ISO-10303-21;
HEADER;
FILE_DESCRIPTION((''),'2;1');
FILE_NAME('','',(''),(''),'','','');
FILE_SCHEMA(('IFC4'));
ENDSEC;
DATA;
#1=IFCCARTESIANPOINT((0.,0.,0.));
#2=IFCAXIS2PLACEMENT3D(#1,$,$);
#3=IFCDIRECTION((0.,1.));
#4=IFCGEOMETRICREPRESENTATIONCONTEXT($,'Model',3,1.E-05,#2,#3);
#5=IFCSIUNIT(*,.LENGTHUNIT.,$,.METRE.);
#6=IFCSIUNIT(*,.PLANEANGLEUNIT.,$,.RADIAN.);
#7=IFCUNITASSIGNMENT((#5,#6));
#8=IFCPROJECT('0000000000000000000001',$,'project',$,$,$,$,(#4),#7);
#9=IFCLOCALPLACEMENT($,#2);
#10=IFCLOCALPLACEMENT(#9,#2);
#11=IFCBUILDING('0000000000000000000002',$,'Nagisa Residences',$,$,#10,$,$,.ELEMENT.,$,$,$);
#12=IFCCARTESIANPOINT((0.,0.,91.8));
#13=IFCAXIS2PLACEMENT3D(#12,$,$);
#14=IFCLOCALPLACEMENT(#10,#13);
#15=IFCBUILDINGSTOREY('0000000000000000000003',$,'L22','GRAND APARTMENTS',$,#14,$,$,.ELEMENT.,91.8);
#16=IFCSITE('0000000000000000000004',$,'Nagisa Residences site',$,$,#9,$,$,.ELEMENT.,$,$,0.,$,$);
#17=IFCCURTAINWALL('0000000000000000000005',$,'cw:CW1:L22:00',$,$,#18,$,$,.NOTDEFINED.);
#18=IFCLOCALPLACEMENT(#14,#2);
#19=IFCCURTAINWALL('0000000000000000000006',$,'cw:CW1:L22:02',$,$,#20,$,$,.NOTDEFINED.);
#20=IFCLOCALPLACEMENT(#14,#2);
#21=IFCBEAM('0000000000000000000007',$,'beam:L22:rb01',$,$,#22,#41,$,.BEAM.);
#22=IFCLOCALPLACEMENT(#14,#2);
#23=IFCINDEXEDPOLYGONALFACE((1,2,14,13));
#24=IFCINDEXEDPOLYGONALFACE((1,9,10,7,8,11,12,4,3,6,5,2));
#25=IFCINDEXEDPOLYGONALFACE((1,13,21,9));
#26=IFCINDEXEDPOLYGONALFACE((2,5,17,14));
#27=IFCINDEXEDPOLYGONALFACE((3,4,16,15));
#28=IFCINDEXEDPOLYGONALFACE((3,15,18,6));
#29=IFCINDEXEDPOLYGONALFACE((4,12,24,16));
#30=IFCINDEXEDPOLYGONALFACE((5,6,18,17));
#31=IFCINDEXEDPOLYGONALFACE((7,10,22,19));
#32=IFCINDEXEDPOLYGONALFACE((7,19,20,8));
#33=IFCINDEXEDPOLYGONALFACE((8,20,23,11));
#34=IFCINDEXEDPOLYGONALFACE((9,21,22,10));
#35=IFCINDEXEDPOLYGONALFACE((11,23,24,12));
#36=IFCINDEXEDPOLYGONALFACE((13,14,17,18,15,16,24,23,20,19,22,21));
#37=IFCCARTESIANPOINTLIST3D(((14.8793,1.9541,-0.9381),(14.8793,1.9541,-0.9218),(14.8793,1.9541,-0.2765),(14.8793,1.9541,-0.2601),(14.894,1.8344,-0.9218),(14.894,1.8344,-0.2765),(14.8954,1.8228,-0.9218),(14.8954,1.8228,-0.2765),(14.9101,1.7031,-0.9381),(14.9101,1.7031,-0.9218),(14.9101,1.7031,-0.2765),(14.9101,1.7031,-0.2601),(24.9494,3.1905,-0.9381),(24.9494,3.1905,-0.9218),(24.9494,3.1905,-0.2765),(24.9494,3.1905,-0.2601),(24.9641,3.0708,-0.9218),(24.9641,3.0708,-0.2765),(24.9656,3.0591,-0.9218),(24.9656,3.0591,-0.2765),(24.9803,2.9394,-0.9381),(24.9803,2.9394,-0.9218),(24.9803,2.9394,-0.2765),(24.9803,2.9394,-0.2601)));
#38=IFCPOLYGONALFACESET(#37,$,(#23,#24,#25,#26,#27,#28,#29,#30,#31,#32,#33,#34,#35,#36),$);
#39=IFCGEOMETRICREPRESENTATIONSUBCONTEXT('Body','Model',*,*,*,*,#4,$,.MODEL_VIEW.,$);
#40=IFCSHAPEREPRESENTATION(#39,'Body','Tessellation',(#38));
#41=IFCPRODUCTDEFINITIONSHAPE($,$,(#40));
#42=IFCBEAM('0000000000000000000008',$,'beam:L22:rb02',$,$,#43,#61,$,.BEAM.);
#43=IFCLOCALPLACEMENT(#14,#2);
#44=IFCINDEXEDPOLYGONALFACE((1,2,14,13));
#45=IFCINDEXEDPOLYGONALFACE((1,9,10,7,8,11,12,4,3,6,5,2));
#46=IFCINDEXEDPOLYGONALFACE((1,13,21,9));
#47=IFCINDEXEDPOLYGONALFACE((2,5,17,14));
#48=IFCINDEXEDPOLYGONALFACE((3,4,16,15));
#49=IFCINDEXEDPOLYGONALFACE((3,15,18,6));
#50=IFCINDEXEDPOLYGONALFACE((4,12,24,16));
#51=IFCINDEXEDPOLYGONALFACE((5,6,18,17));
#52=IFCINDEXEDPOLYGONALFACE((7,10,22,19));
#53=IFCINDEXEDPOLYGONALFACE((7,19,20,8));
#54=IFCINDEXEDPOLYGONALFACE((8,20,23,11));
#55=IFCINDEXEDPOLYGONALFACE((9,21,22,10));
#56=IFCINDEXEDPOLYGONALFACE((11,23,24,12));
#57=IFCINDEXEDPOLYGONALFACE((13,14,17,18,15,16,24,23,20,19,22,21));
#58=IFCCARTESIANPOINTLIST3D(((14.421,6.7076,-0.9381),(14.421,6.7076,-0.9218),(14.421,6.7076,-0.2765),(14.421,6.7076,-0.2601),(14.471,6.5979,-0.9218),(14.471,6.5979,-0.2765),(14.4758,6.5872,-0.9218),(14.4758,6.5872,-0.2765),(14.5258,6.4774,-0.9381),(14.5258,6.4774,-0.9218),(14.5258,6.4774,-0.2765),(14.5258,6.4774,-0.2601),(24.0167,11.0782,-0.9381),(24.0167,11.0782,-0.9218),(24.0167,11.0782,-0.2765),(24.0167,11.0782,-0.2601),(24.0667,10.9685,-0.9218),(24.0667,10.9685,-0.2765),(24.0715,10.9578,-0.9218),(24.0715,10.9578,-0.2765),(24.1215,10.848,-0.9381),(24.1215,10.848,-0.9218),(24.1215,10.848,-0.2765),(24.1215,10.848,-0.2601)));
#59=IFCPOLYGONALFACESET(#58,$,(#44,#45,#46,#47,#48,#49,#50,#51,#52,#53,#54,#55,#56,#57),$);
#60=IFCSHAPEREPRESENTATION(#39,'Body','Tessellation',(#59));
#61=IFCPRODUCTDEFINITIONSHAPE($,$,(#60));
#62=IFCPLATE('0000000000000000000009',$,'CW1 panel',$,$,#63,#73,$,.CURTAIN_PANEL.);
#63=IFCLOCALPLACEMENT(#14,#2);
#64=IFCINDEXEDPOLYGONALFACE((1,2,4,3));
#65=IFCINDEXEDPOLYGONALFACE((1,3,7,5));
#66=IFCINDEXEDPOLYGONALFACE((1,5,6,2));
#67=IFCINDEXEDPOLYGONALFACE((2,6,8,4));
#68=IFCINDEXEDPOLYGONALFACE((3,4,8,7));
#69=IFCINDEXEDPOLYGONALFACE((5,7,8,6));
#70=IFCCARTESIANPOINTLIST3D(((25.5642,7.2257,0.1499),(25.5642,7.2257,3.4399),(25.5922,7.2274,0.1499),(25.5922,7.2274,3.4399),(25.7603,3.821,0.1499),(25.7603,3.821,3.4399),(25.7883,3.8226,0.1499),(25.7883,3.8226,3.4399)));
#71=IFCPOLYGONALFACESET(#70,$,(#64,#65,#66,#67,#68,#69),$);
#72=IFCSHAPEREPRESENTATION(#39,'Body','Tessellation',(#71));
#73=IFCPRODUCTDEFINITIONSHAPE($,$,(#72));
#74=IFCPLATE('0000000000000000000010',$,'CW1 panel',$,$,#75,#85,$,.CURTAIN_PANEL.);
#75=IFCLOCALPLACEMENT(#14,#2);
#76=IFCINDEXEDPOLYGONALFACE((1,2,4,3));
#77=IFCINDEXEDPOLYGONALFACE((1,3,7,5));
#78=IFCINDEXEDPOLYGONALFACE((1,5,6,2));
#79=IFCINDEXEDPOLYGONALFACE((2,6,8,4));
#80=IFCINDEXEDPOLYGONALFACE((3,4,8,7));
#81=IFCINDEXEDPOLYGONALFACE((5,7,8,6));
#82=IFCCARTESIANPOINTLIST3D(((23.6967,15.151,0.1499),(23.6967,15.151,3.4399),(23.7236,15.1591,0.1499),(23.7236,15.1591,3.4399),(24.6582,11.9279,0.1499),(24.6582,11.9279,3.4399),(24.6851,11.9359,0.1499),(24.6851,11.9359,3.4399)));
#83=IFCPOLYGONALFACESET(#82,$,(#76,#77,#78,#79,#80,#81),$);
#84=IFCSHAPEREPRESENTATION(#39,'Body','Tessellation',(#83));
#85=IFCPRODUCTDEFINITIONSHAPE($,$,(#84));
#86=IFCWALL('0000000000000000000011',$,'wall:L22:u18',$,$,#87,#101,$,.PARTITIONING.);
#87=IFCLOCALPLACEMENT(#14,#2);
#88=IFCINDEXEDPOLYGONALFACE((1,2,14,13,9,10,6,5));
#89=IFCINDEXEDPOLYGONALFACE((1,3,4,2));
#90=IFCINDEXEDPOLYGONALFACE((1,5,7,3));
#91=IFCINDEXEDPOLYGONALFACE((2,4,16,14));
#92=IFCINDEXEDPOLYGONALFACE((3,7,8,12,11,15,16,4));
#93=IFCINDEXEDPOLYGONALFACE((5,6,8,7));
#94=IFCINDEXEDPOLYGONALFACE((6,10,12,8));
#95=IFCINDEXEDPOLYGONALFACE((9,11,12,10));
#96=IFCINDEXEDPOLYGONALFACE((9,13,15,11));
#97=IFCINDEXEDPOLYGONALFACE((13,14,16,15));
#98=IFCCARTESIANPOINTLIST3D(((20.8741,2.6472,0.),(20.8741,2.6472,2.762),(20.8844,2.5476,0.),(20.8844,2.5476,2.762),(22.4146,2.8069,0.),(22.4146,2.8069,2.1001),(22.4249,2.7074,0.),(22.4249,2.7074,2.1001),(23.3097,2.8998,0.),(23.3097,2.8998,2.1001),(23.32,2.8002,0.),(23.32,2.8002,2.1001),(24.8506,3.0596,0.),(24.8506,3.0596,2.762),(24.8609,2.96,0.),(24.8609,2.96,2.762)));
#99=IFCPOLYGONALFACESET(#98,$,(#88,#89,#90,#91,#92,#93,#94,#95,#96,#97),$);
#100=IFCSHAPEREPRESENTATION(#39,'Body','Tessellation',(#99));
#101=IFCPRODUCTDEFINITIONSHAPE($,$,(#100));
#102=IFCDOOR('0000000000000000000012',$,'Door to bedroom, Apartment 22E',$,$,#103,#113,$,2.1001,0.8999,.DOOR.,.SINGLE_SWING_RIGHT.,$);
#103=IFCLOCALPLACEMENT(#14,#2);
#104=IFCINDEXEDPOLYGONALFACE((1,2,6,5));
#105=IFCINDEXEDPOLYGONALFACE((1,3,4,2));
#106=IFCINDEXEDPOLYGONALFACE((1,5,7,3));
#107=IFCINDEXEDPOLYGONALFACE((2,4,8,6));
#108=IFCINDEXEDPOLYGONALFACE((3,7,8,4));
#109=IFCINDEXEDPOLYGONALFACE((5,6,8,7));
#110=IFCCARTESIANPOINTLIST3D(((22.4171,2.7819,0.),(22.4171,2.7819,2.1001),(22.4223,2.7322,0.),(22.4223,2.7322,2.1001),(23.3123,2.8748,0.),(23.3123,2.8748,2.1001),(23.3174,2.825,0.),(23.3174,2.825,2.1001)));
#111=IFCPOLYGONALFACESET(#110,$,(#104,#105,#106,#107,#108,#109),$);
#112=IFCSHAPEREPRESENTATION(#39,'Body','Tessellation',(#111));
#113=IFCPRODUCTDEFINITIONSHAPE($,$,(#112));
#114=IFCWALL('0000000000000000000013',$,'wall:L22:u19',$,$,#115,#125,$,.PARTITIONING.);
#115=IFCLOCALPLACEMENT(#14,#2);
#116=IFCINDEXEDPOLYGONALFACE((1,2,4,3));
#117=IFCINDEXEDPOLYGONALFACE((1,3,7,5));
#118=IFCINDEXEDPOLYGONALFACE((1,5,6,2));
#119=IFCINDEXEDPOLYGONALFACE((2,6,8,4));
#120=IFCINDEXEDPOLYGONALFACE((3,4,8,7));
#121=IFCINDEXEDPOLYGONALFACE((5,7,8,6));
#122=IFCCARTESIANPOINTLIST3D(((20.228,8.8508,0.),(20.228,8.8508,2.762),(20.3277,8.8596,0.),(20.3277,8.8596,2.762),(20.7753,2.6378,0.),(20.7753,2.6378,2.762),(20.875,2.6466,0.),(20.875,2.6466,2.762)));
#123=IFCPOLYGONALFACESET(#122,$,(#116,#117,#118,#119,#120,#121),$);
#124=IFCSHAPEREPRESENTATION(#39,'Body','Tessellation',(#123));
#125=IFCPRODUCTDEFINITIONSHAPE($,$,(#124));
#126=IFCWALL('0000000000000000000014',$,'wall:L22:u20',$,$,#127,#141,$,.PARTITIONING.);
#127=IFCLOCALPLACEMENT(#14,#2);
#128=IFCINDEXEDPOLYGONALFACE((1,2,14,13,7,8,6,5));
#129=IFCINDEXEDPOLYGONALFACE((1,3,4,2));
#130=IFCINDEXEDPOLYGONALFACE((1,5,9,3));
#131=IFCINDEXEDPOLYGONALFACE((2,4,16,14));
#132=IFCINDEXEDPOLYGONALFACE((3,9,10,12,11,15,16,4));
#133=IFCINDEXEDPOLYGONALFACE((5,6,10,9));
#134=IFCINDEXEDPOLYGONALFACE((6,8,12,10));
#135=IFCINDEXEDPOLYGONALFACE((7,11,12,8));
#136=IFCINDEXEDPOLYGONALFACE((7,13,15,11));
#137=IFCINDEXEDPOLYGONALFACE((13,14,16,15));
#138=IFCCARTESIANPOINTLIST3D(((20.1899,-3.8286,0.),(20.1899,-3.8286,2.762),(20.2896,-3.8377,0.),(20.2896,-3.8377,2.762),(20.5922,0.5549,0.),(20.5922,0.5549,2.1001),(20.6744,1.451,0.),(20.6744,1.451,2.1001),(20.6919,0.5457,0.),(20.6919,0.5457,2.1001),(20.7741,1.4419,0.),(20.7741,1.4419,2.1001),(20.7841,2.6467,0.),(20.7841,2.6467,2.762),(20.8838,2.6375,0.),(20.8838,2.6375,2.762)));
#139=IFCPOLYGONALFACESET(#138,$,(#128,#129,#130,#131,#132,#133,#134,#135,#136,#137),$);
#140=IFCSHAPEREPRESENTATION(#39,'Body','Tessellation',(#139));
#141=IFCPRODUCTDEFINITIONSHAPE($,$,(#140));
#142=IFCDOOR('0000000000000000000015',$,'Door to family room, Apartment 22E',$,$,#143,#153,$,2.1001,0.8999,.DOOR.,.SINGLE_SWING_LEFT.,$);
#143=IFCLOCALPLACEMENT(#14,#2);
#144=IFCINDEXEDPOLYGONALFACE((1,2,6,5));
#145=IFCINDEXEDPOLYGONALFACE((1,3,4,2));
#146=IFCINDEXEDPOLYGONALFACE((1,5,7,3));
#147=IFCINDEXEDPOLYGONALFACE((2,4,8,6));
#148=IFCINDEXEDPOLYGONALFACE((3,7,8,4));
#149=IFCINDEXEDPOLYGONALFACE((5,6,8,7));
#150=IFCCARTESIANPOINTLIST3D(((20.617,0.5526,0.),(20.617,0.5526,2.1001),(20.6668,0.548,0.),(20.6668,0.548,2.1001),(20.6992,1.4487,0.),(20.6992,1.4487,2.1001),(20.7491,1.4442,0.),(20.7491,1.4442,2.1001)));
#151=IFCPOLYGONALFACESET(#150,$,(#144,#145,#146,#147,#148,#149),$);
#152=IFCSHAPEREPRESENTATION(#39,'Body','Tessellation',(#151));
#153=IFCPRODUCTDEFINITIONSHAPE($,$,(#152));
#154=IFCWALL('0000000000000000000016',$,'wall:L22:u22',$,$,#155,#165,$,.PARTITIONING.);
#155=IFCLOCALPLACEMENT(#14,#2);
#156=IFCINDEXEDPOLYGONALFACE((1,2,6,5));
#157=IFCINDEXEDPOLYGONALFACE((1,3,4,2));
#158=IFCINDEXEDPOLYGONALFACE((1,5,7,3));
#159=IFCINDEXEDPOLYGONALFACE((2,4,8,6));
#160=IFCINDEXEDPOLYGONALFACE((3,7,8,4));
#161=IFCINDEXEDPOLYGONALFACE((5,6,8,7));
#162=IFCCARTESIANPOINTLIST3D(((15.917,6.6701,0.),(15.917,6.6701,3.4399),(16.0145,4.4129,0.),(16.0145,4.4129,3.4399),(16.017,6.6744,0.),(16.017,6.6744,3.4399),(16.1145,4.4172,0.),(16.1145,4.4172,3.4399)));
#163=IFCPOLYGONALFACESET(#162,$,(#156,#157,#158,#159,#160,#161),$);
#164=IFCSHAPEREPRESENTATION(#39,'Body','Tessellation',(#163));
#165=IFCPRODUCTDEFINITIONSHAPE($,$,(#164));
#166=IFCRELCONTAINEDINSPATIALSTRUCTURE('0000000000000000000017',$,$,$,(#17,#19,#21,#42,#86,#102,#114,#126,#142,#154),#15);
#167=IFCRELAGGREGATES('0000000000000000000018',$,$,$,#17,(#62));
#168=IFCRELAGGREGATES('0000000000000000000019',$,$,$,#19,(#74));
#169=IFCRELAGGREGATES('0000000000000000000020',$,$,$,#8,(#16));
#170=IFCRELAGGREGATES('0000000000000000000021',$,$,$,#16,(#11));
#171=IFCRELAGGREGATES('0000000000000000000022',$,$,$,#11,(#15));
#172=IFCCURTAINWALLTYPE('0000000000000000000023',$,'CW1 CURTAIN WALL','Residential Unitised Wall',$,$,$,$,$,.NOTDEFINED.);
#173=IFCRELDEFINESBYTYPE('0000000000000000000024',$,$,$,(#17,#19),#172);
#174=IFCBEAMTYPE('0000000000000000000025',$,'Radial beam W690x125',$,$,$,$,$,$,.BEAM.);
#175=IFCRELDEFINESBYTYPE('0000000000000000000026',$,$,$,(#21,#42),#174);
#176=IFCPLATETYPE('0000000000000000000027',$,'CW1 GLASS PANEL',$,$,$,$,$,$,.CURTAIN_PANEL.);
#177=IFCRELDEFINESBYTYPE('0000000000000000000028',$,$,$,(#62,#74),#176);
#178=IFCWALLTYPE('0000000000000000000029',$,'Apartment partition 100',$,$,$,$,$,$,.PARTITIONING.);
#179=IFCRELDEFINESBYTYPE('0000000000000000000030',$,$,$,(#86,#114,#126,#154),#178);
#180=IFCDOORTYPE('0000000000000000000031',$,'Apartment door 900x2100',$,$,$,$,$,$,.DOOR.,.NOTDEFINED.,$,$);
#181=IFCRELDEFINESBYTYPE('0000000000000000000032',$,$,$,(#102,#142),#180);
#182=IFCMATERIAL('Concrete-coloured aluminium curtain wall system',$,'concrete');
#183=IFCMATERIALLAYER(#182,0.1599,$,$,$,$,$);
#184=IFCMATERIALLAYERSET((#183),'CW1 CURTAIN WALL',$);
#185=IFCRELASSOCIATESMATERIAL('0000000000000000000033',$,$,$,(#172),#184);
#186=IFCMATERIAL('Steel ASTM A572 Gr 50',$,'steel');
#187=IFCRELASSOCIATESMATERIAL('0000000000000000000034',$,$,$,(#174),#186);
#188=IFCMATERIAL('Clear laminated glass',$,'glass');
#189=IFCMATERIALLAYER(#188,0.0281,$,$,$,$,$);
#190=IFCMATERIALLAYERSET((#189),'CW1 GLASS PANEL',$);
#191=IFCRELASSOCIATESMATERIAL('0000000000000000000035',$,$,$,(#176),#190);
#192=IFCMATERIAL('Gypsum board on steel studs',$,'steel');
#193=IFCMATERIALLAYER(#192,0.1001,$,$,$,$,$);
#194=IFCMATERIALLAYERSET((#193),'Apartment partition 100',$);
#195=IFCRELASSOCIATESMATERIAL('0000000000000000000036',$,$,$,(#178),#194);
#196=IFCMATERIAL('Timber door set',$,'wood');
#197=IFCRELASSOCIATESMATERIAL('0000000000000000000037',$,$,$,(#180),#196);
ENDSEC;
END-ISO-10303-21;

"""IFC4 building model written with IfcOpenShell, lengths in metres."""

from ifc_helpers import new_model, si_unit, direction, frame, frame_2d, origin, origin_2d, place, context, subcontext, project, spatial, rectangle, i_section, extrude, material, layer, layer_set, material_profile, profile_set, type_object, element, fill, aggregate, save


model = new_model("IFC4")

# Units and contexts
model_context = context("Model", 3, precision=1e-05, world=origin(), true_north=direction((0.0, 1.0)))
body_context = subcontext(model_context, "Body", "Model", "MODEL_VIEW")
ifc_project = project(units=[si_unit("LENGTHUNIT", "METRE"), si_unit("PLANEANGLEUNIT", "RADIAN")], contexts=[model_context])

# Site, building, storey
site_placement = place(None, origin())
site = spatial("IfcSite", under=ifc_project, at=site_placement, Name="Nagisa Residences site", CompositionType="ELEMENT", RefElevation=0.0)
building_placement = place(site_placement, origin())
building = spatial("IfcBuilding", under=site, at=building_placement, Name="Nagisa Residences", CompositionType="ELEMENT")
storey_placement = place(building_placement, frame((0.0, 0.0, 91.8)))
storey = spatial("IfcBuildingStorey", under=building, at=storey_placement, Name="L22", Description="GRAND APARTMENTS", CompositionType="ELEMENT", Elevation=91.8)

# Curtain walls
ifc_material_1 = material(Name="Concrete-coloured aluminium curtain wall system", Category="concrete")
ifc_layer_1 = layer(ifc_material_1, 0.1599)
ifc_layer_set_1 = layer_set([ifc_layer_1], Name="CW1 CURTAIN WALL")
curtain_wall_type = type_object("IfcCurtainWallType", Name="CW1 CURTAIN WALL", Description="Residential Unitised Wall", PredefinedType="NOTDEFINED", material=ifc_layer_set_1)
curtain_wall_1_placement = place(storey_placement, origin())
curtain_wall_1 = element("IfcCurtainWall", 1, at=curtain_wall_1_placement, inside=storey, type_object=curtain_wall_type, Name="cw:CW1:L22:00", PredefinedType="NOTDEFINED")
curtain_wall_2_placement = place(storey_placement, origin())
curtain_wall_2 = element("IfcCurtainWall", 2, at=curtain_wall_2_placement, inside=storey, type_object=curtain_wall_type, Name="cw:CW1:L22:02", PredefinedType="NOTDEFINED")

# Beams
ifc_material_2 = material(Name="Steel ASTM A572 Gr 50", Category="steel")
ifc_material_profile_1 = material_profile(ifc_material_2, i_section(OverallWidth=0.2529, OverallDepth=0.678, WebThickness=0.0117, FlangeThickness=0.0164, at=origin_2d()), Name="W690x125")
ifc_profile_set_1 = profile_set([ifc_material_profile_1], Name="Steel ASTM A572 Gr 50")
beam_type_1 = type_object("IfcBeamType", Name="Radial beam W690x125", PredefinedType="BEAM", material=ifc_profile_set_1)
beam_1_placement = place(storey_placement, frame((24.9648, 3.0649, -0.5991), z_axis=(-0.992548, -0.121858, 0.0), x_axis=(0.121858, -0.992548, 0.0)))
element("IfcBeam", 3, at=beam_1_placement, inside=storey, type_object=beam_type_1, Name="beam:L22:rb01", PredefinedType="BEAM", context=body_context, shape_type="SweptSolid", body=[
    extrude(i_section(OverallWidth=0.2529, OverallDepth=0.678, WebThickness=0.0117, FlangeThickness=0.0164, at=origin_2d()), origin(), (0.0, 0.0, 1.0), 10.1458),
])
beam_2_placement = place(storey_placement, frame((24.0691, 10.9631, -0.5991), z_axis=(-0.910047, -0.414504, 0.0), x_axis=(0.414504, -0.910047, 0.0)))
element("IfcBeam", 4, at=beam_2_placement, inside=storey, type_object=beam_type_1, Name="beam:L22:rb02", PredefinedType="BEAM", context=body_context, shape_type="SweptSolid", body=[
    extrude(i_section(OverallWidth=0.2529, OverallDepth=0.678, WebThickness=0.0117, FlangeThickness=0.0164, at=origin_2d()), origin(), (0.0, 0.0, 1.0), 10.5442),
])

# Plates
ifc_material_3 = material(Name="Clear laminated glass", Category="glass")
ifc_layer_2 = layer(ifc_material_3, 0.0281)
ifc_layer_set_2 = layer_set([ifc_layer_2], Name="CW1 GLASS PANEL")
plate_type = type_object("IfcPlateType", Name="CW1 GLASS PANEL", PredefinedType="CURTAIN_PANEL", material=ifc_layer_set_2)
plate_1_placement = place(storey_placement, frame((25.6763, 5.5242, 0.1499), z_axis=(0.0, 0.0, 1.0), x_axis=(-0.057503, 0.998345, 0.0)))
plate_1 = element("IfcPlate", 5, at=plate_1_placement, type_object=plate_type, Name="CW1 panel", PredefinedType="CURTAIN_PANEL", context=body_context, shape_type="SweptSolid", body=[
    extrude(rectangle(XDim=3.4104, YDim=0.0281, at=origin_2d()), origin(), (0.0, 0.0, 1.0), 3.29),
])
aggregate(curtain_wall_1, [plate_1])
plate_2_placement = place(storey_placement, frame((24.1909, 13.5435, 0.1499), z_axis=(0.0, 0.0, 1.0), x_axis=(-0.28586, 0.958271, 0.0)))
plate_2 = element("IfcPlate", 6, at=plate_2_placement, type_object=plate_type, Name="CW1 panel", PredefinedType="CURTAIN_PANEL", context=body_context, shape_type="SweptSolid", body=[
    extrude(rectangle(XDim=3.3635, YDim=0.0281, at=origin_2d()), origin(), (0.0, 0.0, 1.0), 3.29),
])
aggregate(curtain_wall_2, [plate_2])

# Wall, opening, door
ifc_material_4 = material(Name="Gypsum board on steel studs", Category="steel")
ifc_layer_3 = layer(ifc_material_4, 0.1001)
ifc_layer_set_3 = layer_set([ifc_layer_3], Name="Apartment partition 100")
wall_type_1 = type_object("IfcWallType", Name="Apartment partition 100", PredefinedType="PARTITIONING", material=ifc_layer_set_3)
wall_1_placement = place(storey_placement, frame((20.8792, 2.5974, 0.0), z_axis=(0.0, 0.0, 1.0), x_axis=(0.994667, 0.103143, 0.0)))
wall_1 = element("IfcWall", 7, at=wall_1_placement, inside=storey, type_object=wall_type_1, Name="wall:L22:u18", PredefinedType="PARTITIONING", context=body_context, shape_type="SweptSolid", body=[
    extrude(rectangle(XDim=3.9978, YDim=0.1001, at=frame_2d((1.999, 0.0))), origin(), (0.0, 0.0, 1.0), 2.762),
])
opening_1_placement = place(wall_1_placement, frame((1.5488, 0.0, 0.0)))
opening_1 = element("IfcOpeningElement", 8, at=opening_1_placement, cuts=wall_1, PredefinedType="OPENING", context=body_context, shape_type="SweptSolid", body=[
    extrude(rectangle(XDim=0.8999, YDim=2.1001, at=frame_2d((0.45, 1.05))), frame((0.0, 0.0601, 0.0), z_axis=(0.0, -1.0, 0.0), x_axis=(1.0, 0.0, 0.0)), (0.0, 0.0, 1.0), 0.1201),
])
ifc_material_5 = material(Name="Timber door set", Category="wood")
door_type_1 = type_object("IfcDoorType", Name="Apartment door 900x2100", OperationType="NOTDEFINED", PredefinedType="DOOR", material=ifc_material_5)
door_1_placement = place(opening_1_placement, origin())
door_1 = element("IfcDoor", 9, at=door_1_placement, inside=storey, type_object=door_type_1, Name="Door to bedroom, Apartment 22E", OperationType="SINGLE_SWING_RIGHT", OverallHeight=2.1001, OverallWidth=0.8999, PredefinedType="DOOR", context=body_context, shape_type="SweptSolid", body=[
    extrude(rectangle(XDim=0.8999, YDim=2.1001, at=frame_2d((0.45, 1.05))), frame((0.0, 0.0249, 0.0), z_axis=(0.0, -1.0, 0.0), x_axis=(1.0, 0.0, 0.0)), (0.0, 0.0, 1.0), 0.05),
])
fill(opening_1, door_1)

# Wall
wall_2_placement = place(storey_placement, frame((20.8252, 2.6421, 0.0), z_axis=(0.0, 0.0, 1.0), x_axis=(-0.087761, 0.996142, 0.0)))
element("IfcWall", 10, at=wall_2_placement, inside=storey, type_object=wall_type_1, Name="wall:L22:u19", PredefinedType="PARTITIONING", context=body_context, shape_type="SweptSolid", body=[
    extrude(rectangle(XDim=6.2371, YDim=0.1001, at=frame_2d((3.1187, 0.0))), origin(), (0.0, 0.0, 1.0), 2.762),
])

# Wall, opening, door
wall_3_placement = place(storey_placement, frame((20.834, 2.6421, 0.0), z_axis=(0.0, 0.0, 1.0), x_axis=(-0.091385, -0.995816, 0.0)))
wall_3 = element("IfcWall", 11, at=wall_3_placement, inside=storey, type_object=wall_type_1, Name="wall:L22:u20", PredefinedType="PARTITIONING", context=body_context, shape_type="SweptSolid", body=[
    extrude(rectangle(XDim=6.5024, YDim=0.1001, at=frame_2d((3.2512, 0.0))), origin(), (0.0, 0.0, 1.0), 2.762),
])
opening_2_placement = place(wall_3_placement, frame((1.2007, 0.0, 0.0)))
opening_2 = element("IfcOpeningElement", 12, at=opening_2_placement, cuts=wall_3, PredefinedType="OPENING", context=body_context, shape_type="SweptSolid", body=[
    extrude(rectangle(XDim=0.8999, YDim=2.1001, at=frame_2d((0.45, 1.05))), frame((0.0, 0.0601, 0.0), z_axis=(0.0, -1.0, 0.0), x_axis=(1.0, 0.0, 0.0)), (0.0, 0.0, 1.0), 0.1201),
])
door_2_placement = place(opening_2_placement, origin())
door_2 = element("IfcDoor", 13, at=door_2_placement, inside=storey, type_object=door_type_1, Name="Door to family room, Apartment 22E", OperationType="SINGLE_SWING_LEFT", OverallHeight=2.1001, OverallWidth=0.8999, PredefinedType="DOOR", context=body_context, shape_type="SweptSolid", body=[
    extrude(rectangle(XDim=0.8999, YDim=2.1001, at=frame_2d((0.45, 1.05))), frame((0.0, 0.0249, 0.0), z_axis=(0.0, -1.0, 0.0), x_axis=(1.0, 0.0, 0.0)), (0.0, 0.0, 1.0), 0.05),
])
fill(opening_2, door_2)

# Wall
wall_4_placement = place(storey_placement, frame((16.0645, 4.415, 0.0), z_axis=(0.0, 0.0, 1.0), x_axis=(-0.043118, 0.99907, 0.0)))
element("IfcWall", 14, at=wall_4_placement, inside=storey, type_object=wall_type_1, Name="wall:L22:u22", PredefinedType="PARTITIONING", context=body_context, shape_type="SweptSolid", body=[
    extrude(rectangle(XDim=2.2593, YDim=0.1001, at=frame_2d((1.1296, 0.0))), origin(), (0.0, 0.0, 1.0), 3.4399),
])

save(model, "model.ifc")
